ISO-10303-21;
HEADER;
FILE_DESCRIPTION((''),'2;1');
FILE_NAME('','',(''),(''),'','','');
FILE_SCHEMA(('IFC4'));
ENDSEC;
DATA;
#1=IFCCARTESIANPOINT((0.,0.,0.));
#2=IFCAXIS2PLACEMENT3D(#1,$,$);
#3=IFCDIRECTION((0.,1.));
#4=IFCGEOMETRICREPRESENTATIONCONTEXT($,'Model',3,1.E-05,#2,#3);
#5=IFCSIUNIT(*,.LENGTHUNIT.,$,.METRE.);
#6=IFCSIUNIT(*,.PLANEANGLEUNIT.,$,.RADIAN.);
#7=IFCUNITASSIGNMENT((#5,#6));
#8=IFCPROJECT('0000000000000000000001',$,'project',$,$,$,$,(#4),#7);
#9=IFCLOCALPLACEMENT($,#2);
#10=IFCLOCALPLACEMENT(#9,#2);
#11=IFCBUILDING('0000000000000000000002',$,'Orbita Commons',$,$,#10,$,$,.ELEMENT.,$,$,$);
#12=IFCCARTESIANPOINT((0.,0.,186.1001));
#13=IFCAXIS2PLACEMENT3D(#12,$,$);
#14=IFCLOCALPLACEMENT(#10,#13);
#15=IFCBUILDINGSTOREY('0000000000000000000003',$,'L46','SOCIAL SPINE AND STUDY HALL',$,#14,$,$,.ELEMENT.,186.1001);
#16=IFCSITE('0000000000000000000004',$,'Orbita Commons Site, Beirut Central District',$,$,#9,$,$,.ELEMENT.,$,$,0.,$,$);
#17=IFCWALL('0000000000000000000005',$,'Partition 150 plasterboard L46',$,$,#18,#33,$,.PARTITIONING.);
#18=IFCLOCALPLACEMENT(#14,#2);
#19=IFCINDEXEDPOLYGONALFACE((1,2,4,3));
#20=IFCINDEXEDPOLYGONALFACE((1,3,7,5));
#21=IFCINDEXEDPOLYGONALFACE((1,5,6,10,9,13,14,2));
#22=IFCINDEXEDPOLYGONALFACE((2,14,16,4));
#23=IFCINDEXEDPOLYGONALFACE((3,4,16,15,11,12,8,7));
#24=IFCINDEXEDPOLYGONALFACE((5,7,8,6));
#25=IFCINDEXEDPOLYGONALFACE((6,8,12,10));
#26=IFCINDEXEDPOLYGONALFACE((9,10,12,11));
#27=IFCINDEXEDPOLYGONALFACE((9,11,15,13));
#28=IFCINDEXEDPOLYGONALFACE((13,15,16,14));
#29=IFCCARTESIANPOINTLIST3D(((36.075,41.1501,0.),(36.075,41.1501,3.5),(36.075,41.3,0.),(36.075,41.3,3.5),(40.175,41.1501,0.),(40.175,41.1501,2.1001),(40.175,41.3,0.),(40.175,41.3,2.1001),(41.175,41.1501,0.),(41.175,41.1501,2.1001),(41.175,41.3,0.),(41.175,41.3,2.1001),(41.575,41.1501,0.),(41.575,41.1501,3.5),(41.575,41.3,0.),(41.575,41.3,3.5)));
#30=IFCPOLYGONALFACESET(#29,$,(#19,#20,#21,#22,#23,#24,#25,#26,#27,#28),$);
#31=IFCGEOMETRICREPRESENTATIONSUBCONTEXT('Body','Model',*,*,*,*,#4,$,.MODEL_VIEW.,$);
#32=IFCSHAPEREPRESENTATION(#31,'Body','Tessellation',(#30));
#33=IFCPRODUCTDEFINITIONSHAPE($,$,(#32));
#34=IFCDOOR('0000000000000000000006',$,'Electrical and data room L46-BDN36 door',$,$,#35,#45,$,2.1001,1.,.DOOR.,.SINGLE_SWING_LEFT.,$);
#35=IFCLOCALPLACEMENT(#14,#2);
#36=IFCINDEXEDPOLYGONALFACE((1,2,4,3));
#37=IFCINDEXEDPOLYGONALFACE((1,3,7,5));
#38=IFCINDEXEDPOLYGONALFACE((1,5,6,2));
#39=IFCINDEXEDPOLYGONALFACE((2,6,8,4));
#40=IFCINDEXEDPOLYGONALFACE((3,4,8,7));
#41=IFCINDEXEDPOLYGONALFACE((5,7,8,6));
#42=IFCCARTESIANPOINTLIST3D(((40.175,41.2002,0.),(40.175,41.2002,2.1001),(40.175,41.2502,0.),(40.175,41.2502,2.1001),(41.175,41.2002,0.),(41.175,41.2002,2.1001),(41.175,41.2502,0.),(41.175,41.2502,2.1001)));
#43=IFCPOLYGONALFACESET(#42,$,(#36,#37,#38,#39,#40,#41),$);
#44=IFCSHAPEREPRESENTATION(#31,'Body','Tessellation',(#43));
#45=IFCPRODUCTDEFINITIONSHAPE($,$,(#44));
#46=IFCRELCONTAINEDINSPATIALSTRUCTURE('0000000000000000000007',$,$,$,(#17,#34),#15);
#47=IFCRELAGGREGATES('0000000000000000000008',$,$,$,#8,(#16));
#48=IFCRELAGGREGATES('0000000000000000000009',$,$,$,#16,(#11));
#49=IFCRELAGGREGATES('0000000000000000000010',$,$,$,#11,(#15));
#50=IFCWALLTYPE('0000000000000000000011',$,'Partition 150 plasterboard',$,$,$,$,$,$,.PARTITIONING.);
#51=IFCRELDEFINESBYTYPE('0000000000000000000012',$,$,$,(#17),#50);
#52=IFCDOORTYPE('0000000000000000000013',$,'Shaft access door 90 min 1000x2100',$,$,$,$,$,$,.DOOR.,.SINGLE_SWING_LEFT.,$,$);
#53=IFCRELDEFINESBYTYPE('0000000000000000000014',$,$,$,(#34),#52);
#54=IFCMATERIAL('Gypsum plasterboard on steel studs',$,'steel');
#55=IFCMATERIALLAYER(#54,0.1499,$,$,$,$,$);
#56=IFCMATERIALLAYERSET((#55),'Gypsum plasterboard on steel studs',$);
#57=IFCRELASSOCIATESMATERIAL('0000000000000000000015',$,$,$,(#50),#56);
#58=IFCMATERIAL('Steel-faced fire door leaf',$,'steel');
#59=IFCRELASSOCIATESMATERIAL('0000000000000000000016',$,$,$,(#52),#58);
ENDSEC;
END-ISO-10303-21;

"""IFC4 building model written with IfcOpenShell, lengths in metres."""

from ifc_helpers import new_model, si_unit, direction, frame, frame_2d, origin, place, context, subcontext, project, spatial, rectangle, extrude, material, layer, layer_set, type_object, element, fill, save


model = new_model("IFC4")

# Units and contexts
model_context = context("Model", 3, precision=1e-05, world=origin(), true_north=direction((0.0, 1.0)))
body_context = subcontext(model_context, "Body", "Model", "MODEL_VIEW")
ifc_project = project(units=[si_unit("LENGTHUNIT", "METRE"), si_unit("PLANEANGLEUNIT", "RADIAN")], contexts=[model_context])

# Site, building, storey
site_placement = place(None, origin())
site = spatial("IfcSite", under=ifc_project, at=site_placement, Name="Orbita Commons Site, Beirut Central District", CompositionType="ELEMENT", RefElevation=0.0)
building_placement = place(site_placement, origin())
building = spatial("IfcBuilding", under=site, at=building_placement, Name="Orbita Commons", CompositionType="ELEMENT")
storey_placement = place(building_placement, frame((0.0, 0.0, 186.1001)))
storey = spatial("IfcBuildingStorey", under=building, at=storey_placement, Name="L46", Description="SOCIAL SPINE AND STUDY HALL", CompositionType="ELEMENT", Elevation=186.1001)

# Wall, opening, door
ifc_material_1 = material(Name="Gypsum plasterboard on steel studs", Category="steel")
ifc_layer_1 = layer(ifc_material_1, 0.1499)
ifc_layer_set_1 = layer_set([ifc_layer_1], Name="Gypsum plasterboard on steel studs")
wall_type_1 = type_object("IfcWallType", Name="Partition 150 plasterboard", PredefinedType="PARTITIONING", material=ifc_layer_set_1)
ifc_material_2 = material(Name="Steel-faced fire door leaf", Category="steel")
door_type_1 = type_object("IfcDoorType", Name="Shaft access door 90 min 1000x2100", OperationType="SINGLE_SWING_LEFT", PredefinedType="DOOR", material=ifc_material_2)
wall_1_placement = place(storey_placement, frame((41.575, 41.2251, 0.0), z_axis=(0.0, 0.0, 1.0), x_axis=(-1.0, 0.0, 0.0)))
wall_1 = element("IfcWall", 1, at=wall_1_placement, inside=storey, type_object=wall_type_1, Name="Partition 150 plasterboard L46", PredefinedType="PARTITIONING", context=body_context, shape_type="SweptSolid", body=[
    extrude(rectangle(XDim=5.5, YDim=0.1499, at=frame_2d((2.75, 0.0))), origin(), (0.0, 0.0, 1.0), 3.5),
])
opening_1_placement = place(wall_1_placement, frame((0.3999, 0.0, 0.0)))
opening_1 = element("IfcOpeningElement", 2, at=opening_1_placement, cuts=wall_1, PredefinedType="OPENING", context=body_context, shape_type="SweptSolid", body=[
    extrude(rectangle(XDim=1.0, YDim=2.1001, at=frame_2d((0.5, 1.05))), frame((0.0, 0.085, 0.0), z_axis=(0.0, -1.0, 0.0), x_axis=(1.0, 0.0, 0.0)), (0.0, 0.0, 1.0), 0.1699),
])
door_1_placement = place(opening_1_placement, origin())
door_1 = element("IfcDoor", 3, at=door_1_placement, inside=storey, type_object=door_type_1, Name="Electrical and data room L46-BDN36 door", OperationType="SINGLE_SWING_LEFT", OverallHeight=2.1001, OverallWidth=1.0, PredefinedType="DOOR", context=body_context, shape_type="SweptSolid", body=[
    extrude(rectangle(XDim=1.0, YDim=2.1001, at=frame_2d((0.5, 1.05))), frame((0.0, 0.0249, 0.0), z_axis=(0.0, -1.0, 0.0), x_axis=(1.0, 0.0, 0.0)), (0.0, 0.0, 1.0), 0.05),
])
fill(opening_1, door_1)

save(model, "model.ifc")
